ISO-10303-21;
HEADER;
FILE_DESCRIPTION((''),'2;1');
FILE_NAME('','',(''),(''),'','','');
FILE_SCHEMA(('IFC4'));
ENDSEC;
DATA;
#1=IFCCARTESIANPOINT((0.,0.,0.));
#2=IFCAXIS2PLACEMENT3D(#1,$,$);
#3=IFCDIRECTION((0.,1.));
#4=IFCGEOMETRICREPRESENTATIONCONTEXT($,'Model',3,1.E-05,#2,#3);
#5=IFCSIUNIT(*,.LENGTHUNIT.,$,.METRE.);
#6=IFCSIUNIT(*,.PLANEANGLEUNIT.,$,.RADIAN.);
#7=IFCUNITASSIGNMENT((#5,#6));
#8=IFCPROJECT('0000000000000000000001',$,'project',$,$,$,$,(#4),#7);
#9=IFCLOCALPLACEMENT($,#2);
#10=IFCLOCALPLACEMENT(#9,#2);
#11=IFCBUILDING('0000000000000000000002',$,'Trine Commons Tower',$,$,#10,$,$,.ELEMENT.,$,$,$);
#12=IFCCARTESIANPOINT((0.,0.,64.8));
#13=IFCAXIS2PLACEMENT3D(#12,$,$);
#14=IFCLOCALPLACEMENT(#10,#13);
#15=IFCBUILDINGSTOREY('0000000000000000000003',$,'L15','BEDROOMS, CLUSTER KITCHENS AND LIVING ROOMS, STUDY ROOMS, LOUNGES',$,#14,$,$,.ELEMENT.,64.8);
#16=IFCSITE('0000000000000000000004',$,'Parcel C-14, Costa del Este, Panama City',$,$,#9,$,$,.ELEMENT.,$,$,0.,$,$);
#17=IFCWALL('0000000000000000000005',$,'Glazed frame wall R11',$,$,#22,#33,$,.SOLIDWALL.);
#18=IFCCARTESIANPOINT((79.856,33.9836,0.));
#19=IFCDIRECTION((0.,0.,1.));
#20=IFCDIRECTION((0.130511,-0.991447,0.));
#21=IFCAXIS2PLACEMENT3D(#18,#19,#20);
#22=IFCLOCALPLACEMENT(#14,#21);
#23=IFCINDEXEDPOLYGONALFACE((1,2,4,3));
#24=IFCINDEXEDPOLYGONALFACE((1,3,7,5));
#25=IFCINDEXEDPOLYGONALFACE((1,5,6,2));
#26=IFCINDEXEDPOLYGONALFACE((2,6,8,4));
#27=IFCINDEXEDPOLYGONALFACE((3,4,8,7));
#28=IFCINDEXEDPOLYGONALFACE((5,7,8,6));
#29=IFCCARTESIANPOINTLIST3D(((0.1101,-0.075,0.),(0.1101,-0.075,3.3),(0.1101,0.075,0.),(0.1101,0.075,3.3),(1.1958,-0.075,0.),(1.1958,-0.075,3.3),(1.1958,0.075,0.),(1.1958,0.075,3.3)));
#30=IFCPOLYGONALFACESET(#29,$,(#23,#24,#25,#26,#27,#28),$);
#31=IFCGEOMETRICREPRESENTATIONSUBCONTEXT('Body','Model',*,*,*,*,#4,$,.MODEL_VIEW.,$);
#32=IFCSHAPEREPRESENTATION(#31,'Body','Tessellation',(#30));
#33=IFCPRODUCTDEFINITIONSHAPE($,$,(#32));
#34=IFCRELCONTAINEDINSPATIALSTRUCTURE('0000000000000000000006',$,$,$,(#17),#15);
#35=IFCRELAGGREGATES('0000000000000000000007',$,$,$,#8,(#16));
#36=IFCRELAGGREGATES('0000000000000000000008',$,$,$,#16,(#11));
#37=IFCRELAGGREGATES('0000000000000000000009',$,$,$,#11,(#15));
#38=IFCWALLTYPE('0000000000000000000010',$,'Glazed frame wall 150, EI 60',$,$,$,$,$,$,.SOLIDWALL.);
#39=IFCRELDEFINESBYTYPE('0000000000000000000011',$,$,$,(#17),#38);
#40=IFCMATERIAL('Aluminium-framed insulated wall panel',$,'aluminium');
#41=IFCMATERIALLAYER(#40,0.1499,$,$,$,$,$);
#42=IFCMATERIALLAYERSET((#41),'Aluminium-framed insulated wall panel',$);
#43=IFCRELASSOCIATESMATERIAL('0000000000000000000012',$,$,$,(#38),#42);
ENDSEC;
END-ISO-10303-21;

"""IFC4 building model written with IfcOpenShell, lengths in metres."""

from ifc_helpers import new_model, si_unit, direction, frame, origin, place, context, subcontext, project, spatial, polyline, outline, extrude, material, layer, layer_set, type_object, element, save


model = new_model("IFC4")

# Units and contexts
model_context = context("Model", 3, precision=1e-05, world=origin(), true_north=direction((0.0, 1.0)))
body_context = subcontext(model_context, "Body", "Model", "MODEL_VIEW")
ifc_project = project(units=[si_unit("LENGTHUNIT", "METRE"), si_unit("PLANEANGLEUNIT", "RADIAN")], contexts=[model_context])

# Site, building, storey
site_placement = place(None, origin())
site = spatial("IfcSite", under=ifc_project, at=site_placement, Name="Parcel C-14, Costa del Este, Panama City", CompositionType="ELEMENT", RefElevation=0.0)
building_placement = place(site_placement, origin())
building = spatial("IfcBuilding", under=site, at=building_placement, Name="Trine Commons Tower", CompositionType="ELEMENT")
storey_placement = place(building_placement, frame((0.0, 0.0, 64.8)))
storey = spatial("IfcBuildingStorey", under=building, at=storey_placement, Name="L15", Description="BEDROOMS, CLUSTER KITCHENS AND LIVING ROOMS, STUDY ROOMS, LOUNGES", CompositionType="ELEMENT", Elevation=64.8)

# Shared definitions
ifc_material_1 = material(Name="Aluminium-framed insulated wall panel", Category="aluminium")
ifc_layer_1 = layer(ifc_material_1, 0.1499)
ifc_layer_set_1 = layer_set([ifc_layer_1], Name="Aluminium-framed insulated wall panel")
wall_type_1 = type_object("IfcWallType", Name="Glazed frame wall 150, EI 60", PredefinedType="SOLIDWALL", material=ifc_layer_set_1)

# Wall
wall_1_placement = place(storey_placement, frame((79.856, 33.9836, 0.0), z_axis=(0.0, 0.0, 1.0), x_axis=(0.130511, -0.991447, 0.0)))
element("IfcWall", 1, at=wall_1_placement, inside=storey, type_object=wall_type_1, Name="Glazed frame wall R11", PredefinedType="SOLIDWALL", context=body_context, shape_type="SweptSolid", body=[
    extrude(outline(polyline([(0.1101, 0.075), (0.1101, -0.075), (1.1958, -0.075), (1.1958, 0.075), (0.1101, 0.075)])), origin(), (0.0, 0.0, 1.0), 3.3),
])

save(model, "model.ifc")
